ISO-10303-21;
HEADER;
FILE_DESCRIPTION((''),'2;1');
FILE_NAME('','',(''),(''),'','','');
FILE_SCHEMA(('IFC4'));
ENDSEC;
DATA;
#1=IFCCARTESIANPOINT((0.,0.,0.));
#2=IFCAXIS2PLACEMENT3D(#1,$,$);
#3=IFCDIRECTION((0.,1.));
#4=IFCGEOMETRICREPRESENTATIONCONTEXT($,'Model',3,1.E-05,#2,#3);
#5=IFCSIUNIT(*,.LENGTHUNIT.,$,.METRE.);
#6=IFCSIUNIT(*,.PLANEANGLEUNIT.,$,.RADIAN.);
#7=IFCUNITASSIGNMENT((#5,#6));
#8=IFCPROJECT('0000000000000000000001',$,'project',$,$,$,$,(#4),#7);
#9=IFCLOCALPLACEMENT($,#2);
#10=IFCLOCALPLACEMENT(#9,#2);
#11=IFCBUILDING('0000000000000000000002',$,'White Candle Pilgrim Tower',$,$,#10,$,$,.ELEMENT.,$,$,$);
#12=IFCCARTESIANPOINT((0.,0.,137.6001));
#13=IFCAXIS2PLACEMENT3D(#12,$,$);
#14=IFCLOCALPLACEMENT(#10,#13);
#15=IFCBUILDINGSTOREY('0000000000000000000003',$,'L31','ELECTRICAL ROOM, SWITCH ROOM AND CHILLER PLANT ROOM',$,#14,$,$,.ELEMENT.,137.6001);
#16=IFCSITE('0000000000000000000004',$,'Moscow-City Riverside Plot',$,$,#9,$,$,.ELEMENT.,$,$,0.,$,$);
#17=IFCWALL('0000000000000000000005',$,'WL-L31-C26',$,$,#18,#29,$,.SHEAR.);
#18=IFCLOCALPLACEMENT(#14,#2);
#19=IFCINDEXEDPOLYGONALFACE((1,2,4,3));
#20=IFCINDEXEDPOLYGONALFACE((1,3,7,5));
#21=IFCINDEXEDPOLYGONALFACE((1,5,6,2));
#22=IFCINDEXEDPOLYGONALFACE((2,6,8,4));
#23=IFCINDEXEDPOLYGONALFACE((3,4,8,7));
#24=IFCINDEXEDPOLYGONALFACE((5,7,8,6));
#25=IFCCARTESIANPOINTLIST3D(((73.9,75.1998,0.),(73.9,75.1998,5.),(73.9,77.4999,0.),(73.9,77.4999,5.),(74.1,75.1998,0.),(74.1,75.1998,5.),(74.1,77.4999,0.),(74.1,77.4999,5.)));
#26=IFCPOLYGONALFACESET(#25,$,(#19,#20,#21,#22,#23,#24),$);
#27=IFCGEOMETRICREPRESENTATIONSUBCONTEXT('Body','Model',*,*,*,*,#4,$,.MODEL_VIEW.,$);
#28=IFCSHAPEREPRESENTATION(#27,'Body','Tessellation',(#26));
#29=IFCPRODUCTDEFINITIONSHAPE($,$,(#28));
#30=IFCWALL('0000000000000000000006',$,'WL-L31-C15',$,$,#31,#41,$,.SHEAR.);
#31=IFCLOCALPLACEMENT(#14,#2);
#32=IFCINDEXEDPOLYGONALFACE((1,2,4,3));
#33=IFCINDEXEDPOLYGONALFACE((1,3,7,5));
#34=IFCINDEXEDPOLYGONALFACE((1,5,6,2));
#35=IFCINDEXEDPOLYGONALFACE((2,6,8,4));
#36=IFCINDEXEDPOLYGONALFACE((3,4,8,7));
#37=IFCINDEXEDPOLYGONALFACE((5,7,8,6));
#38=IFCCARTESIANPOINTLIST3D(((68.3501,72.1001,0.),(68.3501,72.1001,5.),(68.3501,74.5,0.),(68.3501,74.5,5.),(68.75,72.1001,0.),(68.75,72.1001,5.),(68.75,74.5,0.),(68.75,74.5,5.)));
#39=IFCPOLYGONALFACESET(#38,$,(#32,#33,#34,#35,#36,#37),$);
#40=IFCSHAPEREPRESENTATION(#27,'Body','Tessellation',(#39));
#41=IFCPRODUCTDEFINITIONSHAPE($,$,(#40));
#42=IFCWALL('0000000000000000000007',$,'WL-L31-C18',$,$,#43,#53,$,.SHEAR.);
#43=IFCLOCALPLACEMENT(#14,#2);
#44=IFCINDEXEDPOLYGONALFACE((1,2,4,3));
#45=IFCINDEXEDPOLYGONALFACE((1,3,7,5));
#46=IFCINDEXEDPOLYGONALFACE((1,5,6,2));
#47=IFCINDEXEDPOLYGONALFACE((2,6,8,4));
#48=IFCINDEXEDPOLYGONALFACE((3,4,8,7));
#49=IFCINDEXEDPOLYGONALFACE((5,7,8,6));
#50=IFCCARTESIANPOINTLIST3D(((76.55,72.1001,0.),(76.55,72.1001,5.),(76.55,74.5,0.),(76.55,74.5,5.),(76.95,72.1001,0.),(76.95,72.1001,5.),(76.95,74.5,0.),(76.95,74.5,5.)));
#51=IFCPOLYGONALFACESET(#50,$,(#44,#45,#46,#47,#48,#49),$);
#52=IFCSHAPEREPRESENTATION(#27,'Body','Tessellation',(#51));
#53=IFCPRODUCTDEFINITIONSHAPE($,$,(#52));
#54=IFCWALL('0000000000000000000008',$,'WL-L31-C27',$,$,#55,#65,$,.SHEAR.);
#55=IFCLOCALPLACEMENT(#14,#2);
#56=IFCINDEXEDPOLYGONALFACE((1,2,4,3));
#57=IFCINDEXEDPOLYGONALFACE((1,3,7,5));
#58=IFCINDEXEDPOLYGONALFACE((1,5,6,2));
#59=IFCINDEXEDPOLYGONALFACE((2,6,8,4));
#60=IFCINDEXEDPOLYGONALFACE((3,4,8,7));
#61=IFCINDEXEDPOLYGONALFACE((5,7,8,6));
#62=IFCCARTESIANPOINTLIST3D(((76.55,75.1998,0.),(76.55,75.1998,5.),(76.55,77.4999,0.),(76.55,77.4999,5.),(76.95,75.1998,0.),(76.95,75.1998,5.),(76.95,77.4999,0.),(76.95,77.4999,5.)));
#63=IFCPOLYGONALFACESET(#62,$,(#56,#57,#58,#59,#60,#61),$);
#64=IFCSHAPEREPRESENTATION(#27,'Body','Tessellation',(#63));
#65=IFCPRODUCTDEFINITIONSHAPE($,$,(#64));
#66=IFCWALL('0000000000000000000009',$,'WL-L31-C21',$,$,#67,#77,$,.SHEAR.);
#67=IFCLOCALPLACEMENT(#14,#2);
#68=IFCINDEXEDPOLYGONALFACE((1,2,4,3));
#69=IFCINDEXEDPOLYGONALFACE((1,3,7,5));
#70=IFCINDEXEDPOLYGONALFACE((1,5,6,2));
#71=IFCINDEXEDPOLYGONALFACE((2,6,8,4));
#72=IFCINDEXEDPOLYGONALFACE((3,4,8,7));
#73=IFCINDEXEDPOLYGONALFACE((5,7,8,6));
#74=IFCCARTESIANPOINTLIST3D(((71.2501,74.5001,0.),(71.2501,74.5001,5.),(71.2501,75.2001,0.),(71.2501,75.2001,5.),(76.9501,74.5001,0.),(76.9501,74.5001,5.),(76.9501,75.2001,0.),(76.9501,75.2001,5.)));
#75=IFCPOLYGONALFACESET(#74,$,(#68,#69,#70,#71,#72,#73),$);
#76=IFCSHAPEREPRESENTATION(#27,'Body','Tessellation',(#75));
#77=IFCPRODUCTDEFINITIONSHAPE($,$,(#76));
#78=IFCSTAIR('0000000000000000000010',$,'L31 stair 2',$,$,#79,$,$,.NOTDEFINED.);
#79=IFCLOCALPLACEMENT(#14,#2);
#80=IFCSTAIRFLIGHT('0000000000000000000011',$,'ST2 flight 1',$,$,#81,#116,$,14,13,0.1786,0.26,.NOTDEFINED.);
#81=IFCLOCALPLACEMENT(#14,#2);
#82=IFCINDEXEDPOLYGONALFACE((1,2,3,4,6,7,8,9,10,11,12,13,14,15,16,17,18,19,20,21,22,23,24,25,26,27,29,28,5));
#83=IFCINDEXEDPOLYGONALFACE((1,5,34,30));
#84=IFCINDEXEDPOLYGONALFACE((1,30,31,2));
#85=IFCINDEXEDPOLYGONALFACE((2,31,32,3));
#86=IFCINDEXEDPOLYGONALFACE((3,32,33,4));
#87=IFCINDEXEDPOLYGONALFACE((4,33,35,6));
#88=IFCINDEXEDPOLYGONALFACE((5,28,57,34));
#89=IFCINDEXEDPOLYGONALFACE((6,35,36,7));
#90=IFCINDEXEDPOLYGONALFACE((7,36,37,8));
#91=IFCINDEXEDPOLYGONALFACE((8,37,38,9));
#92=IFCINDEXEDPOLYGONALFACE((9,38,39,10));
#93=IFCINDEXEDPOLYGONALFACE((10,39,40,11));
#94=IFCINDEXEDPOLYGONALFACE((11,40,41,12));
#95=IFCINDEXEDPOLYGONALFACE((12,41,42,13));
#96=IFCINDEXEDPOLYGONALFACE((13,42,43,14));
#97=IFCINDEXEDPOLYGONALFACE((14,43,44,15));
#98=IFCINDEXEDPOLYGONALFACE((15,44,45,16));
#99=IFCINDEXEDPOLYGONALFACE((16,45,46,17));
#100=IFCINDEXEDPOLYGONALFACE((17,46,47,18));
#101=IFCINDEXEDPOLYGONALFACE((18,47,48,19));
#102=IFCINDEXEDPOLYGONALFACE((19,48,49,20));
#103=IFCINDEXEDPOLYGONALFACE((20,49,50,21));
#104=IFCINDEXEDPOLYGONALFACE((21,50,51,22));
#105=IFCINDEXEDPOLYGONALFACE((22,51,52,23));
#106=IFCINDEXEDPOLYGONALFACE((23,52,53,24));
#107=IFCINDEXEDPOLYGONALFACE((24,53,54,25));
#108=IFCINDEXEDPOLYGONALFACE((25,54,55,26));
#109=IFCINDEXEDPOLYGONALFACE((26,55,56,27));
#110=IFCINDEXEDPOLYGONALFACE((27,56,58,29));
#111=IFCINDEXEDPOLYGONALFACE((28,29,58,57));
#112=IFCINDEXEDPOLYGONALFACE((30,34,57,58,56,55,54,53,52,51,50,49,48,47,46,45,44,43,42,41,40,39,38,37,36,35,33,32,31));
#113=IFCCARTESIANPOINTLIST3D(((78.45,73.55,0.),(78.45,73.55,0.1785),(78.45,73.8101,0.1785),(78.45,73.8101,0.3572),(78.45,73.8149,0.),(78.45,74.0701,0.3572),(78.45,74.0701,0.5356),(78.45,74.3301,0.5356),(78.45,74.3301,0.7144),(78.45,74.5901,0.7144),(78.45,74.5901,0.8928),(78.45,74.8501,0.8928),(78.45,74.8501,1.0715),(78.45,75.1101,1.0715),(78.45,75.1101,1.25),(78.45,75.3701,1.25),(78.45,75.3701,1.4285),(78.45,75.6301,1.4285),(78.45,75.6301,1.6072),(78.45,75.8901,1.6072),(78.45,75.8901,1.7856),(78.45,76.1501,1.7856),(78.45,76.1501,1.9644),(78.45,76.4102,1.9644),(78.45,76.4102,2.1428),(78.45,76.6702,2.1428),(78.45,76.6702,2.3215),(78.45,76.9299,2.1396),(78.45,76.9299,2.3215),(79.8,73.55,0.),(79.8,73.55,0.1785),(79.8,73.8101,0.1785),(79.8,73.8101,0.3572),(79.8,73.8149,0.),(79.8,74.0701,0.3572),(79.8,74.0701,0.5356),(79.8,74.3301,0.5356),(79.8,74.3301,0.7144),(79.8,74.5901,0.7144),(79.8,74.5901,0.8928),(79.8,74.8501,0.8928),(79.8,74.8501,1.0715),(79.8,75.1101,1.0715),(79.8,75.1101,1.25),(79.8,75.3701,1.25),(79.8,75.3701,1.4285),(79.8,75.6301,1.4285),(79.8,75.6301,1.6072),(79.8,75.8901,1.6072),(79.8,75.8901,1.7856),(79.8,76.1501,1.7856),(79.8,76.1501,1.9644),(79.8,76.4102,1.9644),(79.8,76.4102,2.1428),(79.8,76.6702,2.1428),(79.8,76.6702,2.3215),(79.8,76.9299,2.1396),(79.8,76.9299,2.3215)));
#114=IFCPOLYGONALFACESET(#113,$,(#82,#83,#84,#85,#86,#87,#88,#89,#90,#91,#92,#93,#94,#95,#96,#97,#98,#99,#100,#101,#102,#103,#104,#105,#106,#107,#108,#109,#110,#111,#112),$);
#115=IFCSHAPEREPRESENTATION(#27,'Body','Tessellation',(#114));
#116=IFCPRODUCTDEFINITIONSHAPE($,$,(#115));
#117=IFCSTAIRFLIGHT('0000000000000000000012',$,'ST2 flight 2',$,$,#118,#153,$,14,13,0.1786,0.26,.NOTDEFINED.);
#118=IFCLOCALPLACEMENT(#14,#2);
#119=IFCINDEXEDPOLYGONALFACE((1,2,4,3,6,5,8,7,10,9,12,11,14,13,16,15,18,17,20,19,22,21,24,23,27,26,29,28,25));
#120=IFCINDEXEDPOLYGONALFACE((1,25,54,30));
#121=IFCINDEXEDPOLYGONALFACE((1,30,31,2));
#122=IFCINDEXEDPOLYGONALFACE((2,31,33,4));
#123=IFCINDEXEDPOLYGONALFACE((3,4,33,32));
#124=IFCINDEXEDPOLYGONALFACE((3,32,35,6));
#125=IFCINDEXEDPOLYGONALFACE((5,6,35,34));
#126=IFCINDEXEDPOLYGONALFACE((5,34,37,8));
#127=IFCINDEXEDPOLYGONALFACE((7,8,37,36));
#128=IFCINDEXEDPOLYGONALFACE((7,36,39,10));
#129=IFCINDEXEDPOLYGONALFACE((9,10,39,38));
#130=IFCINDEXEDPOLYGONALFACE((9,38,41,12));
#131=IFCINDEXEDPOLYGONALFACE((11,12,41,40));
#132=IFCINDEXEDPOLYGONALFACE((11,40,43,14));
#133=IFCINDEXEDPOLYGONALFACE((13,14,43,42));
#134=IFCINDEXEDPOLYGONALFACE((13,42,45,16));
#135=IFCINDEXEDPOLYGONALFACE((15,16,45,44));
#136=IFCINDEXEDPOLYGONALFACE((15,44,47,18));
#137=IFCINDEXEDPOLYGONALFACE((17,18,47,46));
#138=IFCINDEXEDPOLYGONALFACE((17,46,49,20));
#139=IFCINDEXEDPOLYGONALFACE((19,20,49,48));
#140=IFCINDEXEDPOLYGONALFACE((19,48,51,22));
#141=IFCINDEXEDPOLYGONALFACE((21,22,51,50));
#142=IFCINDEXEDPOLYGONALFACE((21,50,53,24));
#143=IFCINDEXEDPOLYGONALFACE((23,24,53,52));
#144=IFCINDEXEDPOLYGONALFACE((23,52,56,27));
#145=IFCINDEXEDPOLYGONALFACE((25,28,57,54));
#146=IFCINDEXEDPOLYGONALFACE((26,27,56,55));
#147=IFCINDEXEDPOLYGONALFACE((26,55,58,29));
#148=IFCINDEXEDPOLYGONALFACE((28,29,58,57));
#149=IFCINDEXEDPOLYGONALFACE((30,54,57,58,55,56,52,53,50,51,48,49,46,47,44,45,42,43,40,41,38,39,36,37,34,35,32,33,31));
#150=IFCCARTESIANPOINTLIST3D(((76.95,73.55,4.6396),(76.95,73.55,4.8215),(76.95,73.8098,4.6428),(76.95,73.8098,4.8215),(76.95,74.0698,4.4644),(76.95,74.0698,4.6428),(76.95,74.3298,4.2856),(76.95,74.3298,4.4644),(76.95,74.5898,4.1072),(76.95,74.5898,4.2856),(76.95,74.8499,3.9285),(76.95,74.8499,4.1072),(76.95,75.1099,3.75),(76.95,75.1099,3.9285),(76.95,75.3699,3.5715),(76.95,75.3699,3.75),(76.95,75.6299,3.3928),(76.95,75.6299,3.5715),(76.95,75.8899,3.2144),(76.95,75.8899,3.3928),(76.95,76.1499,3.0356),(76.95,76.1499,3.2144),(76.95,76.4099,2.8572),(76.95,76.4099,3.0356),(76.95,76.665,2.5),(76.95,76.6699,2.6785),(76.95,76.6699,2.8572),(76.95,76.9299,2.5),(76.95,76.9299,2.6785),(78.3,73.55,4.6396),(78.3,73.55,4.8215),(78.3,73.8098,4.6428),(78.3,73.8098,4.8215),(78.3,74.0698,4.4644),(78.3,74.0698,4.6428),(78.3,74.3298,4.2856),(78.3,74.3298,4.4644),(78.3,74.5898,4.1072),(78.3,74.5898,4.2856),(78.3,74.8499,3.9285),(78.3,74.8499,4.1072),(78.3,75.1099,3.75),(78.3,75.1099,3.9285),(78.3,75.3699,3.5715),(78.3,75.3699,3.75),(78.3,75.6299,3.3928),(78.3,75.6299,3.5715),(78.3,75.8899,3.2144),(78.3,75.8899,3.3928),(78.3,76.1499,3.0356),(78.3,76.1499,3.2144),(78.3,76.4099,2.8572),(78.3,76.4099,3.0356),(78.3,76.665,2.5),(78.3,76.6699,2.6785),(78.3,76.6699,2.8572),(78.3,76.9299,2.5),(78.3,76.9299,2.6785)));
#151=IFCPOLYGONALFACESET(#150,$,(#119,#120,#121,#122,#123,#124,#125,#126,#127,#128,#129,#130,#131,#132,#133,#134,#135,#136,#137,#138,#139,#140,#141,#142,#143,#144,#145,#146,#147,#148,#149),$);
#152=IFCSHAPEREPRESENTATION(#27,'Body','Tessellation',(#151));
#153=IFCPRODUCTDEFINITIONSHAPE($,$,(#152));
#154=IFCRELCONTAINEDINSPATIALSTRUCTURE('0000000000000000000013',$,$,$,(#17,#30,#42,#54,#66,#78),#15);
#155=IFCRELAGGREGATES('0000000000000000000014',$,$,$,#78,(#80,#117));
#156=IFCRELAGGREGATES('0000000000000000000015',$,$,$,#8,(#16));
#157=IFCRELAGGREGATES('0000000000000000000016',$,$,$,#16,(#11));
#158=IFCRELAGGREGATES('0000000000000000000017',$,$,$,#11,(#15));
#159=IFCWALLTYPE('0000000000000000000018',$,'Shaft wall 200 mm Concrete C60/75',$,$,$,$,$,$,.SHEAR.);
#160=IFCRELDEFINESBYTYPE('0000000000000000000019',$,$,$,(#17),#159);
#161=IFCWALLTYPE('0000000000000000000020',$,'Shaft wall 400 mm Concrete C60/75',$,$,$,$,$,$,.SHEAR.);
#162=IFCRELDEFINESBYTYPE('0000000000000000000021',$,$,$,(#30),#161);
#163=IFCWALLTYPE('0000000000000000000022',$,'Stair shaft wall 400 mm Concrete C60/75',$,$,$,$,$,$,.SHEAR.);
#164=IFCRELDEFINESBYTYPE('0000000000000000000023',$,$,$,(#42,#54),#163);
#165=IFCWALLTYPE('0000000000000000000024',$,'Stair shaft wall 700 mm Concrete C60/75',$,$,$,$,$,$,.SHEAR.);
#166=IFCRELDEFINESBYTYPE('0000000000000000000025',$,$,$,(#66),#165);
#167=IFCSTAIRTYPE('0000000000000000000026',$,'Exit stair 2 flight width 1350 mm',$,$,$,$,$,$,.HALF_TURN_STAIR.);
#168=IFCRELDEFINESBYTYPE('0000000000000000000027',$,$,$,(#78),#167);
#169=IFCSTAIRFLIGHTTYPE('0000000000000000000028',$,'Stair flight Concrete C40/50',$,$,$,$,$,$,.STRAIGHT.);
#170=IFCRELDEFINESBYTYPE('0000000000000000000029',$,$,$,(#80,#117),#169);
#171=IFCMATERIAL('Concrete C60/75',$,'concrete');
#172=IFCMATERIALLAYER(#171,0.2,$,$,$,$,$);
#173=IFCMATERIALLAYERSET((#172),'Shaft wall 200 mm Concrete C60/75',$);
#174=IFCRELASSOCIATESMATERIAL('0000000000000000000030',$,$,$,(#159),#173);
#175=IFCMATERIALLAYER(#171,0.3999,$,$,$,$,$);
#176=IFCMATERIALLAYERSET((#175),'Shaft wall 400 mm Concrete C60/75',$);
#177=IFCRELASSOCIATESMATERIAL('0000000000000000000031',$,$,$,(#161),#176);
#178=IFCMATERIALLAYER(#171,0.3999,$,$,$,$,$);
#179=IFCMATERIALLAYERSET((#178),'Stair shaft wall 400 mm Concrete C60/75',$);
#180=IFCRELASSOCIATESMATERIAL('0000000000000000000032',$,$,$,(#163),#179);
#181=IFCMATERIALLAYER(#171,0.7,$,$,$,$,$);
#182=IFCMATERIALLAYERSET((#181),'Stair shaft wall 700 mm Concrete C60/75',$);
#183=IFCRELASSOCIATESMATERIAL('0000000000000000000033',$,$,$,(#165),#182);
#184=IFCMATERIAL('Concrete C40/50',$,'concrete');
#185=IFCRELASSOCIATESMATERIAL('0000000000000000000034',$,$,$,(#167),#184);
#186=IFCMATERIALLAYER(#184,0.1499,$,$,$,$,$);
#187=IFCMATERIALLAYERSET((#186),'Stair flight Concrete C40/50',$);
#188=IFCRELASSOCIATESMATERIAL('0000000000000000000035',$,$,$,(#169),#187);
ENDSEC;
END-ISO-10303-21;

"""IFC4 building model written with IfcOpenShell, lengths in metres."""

from ifc_helpers import new_model, si_unit, direction, frame, frame_2d, origin, place, context, subcontext, project, spatial, polyline, rectangle, outline, extrude, material, layer, layer_set, type_object, element, aggregate, save


model = new_model("IFC4")

# Units and contexts
model_context = context("Model", 3, precision=1e-05, world=origin(), true_north=direction((0.0, 1.0)))
body_context = subcontext(model_context, "Body", "Model", "MODEL_VIEW")
ifc_project = project(units=[si_unit("LENGTHUNIT", "METRE"), si_unit("PLANEANGLEUNIT", "RADIAN")], contexts=[model_context])

# Site, building, storey
site_placement = place(None, origin())
site = spatial("IfcSite", under=ifc_project, at=site_placement, Name="Moscow-City Riverside Plot", CompositionType="ELEMENT", RefElevation=0.0)
building_placement = place(site_placement, origin())
building = spatial("IfcBuilding", under=site, at=building_placement, Name="White Candle Pilgrim Tower", CompositionType="ELEMENT")
storey_placement = place(building_placement, frame((0.0, 0.0, 137.6001)))
storey = spatial("IfcBuildingStorey", under=building, at=storey_placement, Name="L31", Description="ELECTRICAL ROOM, SWITCH ROOM AND CHILLER PLANT ROOM", CompositionType="ELEMENT", Elevation=137.6001)

# Walls
ifc_material_1 = material(Name="Concrete C60/75", Category="concrete")
ifc_layer_1 = layer(ifc_material_1, 0.2)
ifc_layer_set_1 = layer_set([ifc_layer_1], Name="Shaft wall 200 mm Concrete C60/75")
wall_type_1 = type_object("IfcWallType", Name="Shaft wall 200 mm Concrete C60/75", PredefinedType="SHEAR", material=ifc_layer_set_1)
for number, where, z_axis, x_axis, name in (
    (1, (74.0, 75.2, 0.0), (0.0, 0.0, 1.0), (0.0, 1.0, 0.0), "WL-L31-C26"),
):
    element("IfcWall", number, at=place(storey_placement, frame(where, z_axis=z_axis, x_axis=x_axis)), inside=storey, type_object=wall_type_1, Name=name, PredefinedType="SHEAR", context=body_context, shape_type="SweptSolid", body=[
        extrude(rectangle(XDim=2.3, YDim=0.2, at=frame_2d((1.1499, 0.0))), origin(), (0.0, 0.0, 1.0), 5.0),
    ])
ifc_layer_2 = layer(ifc_material_1, 0.3999)
ifc_layer_set_2 = layer_set([ifc_layer_2], Name="Shaft wall 400 mm Concrete C60/75")
wall_type_2 = type_object("IfcWallType", Name="Shaft wall 400 mm Concrete C60/75", PredefinedType="SHEAR", material=ifc_layer_set_2)
wall_1_placement = place(storey_placement, frame((68.55, 72.1001, 0.0), z_axis=(0.0, 0.0, 1.0), x_axis=(0.0, 1.0, 0.0)))
element("IfcWall", 2, at=wall_1_placement, inside=storey, type_object=wall_type_2, Name="WL-L31-C15", PredefinedType="SHEAR", context=body_context, shape_type="SweptSolid", body=[
    extrude(rectangle(XDim=2.3999, YDim=0.3999, at=frame_2d((1.2, 0.0))), origin(), (0.0, 0.0, 1.0), 5.0),
])
ifc_layer_3 = layer(ifc_material_1, 0.3999)
ifc_layer_set_3 = layer_set([ifc_layer_3], Name="Stair shaft wall 400 mm Concrete C60/75")
wall_type_3 = type_object("IfcWallType", Name="Stair shaft wall 400 mm Concrete C60/75", PredefinedType="SHEAR", material=ifc_layer_set_3)
wall_2_placement = place(storey_placement, frame((76.75, 72.1001, 0.0), z_axis=(0.0, 0.0, 1.0), x_axis=(0.0, 1.0, 0.0)))
element("IfcWall", 3, at=wall_2_placement, inside=storey, type_object=wall_type_3, Name="WL-L31-C18", PredefinedType="SHEAR", context=body_context, shape_type="SweptSolid", body=[
    extrude(rectangle(XDim=2.3999, YDim=0.3999, at=frame_2d((1.2, 0.0))), origin(), (0.0, 0.0, 1.0), 5.0),
])
wall_3_placement = place(storey_placement, frame((76.75, 75.2, 0.0), z_axis=(0.0, 0.0, 1.0), x_axis=(0.0, 1.0, 0.0)))
element("IfcWall", 4, at=wall_3_placement, inside=storey, type_object=wall_type_3, Name="WL-L31-C27", PredefinedType="SHEAR", context=body_context, shape_type="SweptSolid", body=[
    extrude(rectangle(XDim=2.3, YDim=0.3999, at=frame_2d((1.1499, 0.0))), origin(), (0.0, 0.0, 1.0), 5.0),
])
ifc_layer_4 = layer(ifc_material_1, 0.7)
ifc_layer_set_4 = layer_set([ifc_layer_4], Name="Stair shaft wall 700 mm Concrete C60/75")
wall_type_4 = type_object("IfcWallType", Name="Stair shaft wall 700 mm Concrete C60/75", PredefinedType="SHEAR", material=ifc_layer_set_4)
wall_4_placement = place(storey_placement, frame((71.25, 74.8501, 0.0), z_axis=(0.0, 0.0, 1.0), x_axis=(1.0, 0.0, 0.0)))
element("IfcWall", 5, at=wall_4_placement, inside=storey, type_object=wall_type_4, Name="WL-L31-C21", PredefinedType="SHEAR", context=body_context, shape_type="SweptSolid", body=[
    extrude(rectangle(XDim=5.7, YDim=0.7, at=frame_2d((2.8501, 0.0))), origin(), (0.0, 0.0, 1.0), 5.0),
])

# Stair, stair flights
ifc_material_2 = material(Name="Concrete C40/50", Category="concrete")
stair_type = type_object("IfcStairType", Name="Exit stair 2 flight width 1350 mm", PredefinedType="HALF_TURN_STAIR", material=ifc_material_2)
stair_placement = place(storey_placement, origin())
stair = element("IfcStair", 6, at=stair_placement, inside=storey, type_object=stair_type, Name="L31 stair 2", PredefinedType="NOTDEFINED")
ifc_layer_5 = layer(ifc_material_2, 0.1499)
ifc_layer_set_5 = layer_set([ifc_layer_5], Name="Stair flight Concrete C40/50")
stair_flight_type = type_object("IfcStairFlightType", Name="Stair flight Concrete C40/50", PredefinedType="STRAIGHT", material=ifc_layer_set_5)
stair_flight_1_placement = place(storey_placement, frame((79.125, 73.55, 0.0), z_axis=(0.0, 0.0, 1.0), x_axis=(0.0, 1.0, 0.0)))
stair_flight_1 = element("IfcStairFlight", 7, at=stair_flight_1_placement, type_object=stair_flight_type, Name="ST2 flight 1", NumberOfRisers=14, NumberOfTreads=13, PredefinedType="NOTDEFINED", RiserHeight=0.1786, TreadLength=0.26, context=body_context, shape_type="SweptSolid", body=[
    extrude(outline(polyline([(0.0, 0.0), (0.0, 0.1785), (0.26, 0.1785), (0.26, 0.3572), (0.52, 0.3572), (0.52, 0.5356), (0.78, 0.5356), (0.78, 0.7144), (1.04, 0.7144), (1.04, 0.8928), (1.3, 0.8928), (1.3, 1.0715), (1.5601, 1.0715), (1.5601, 1.25), (1.8201, 1.25), (1.8201, 1.4285), (2.0801, 1.4285), (2.0801, 1.6072), (2.3401, 1.6072), (2.3401, 1.7856), (2.6001, 1.7856), (2.6001, 1.9644), (2.8601, 1.9644), (2.8601, 2.1428), (3.1201, 2.1428), (3.1201, 2.3215), (3.3799, 2.3215), (3.3799, 2.5), (3.3799, 2.1396), (0.2649, 0.0), (0.0, 0.0)])), frame((0.0, 0.675, 0.0), z_axis=(0.0, -1.0, 0.0), x_axis=(1.0, 0.0, 0.0)), (0.0, 0.0, 1.0), 1.3501),
])
stair_flight_2_placement = place(storey_placement, frame((77.625, 76.9299, 2.5), z_axis=(0.0, 0.0, 1.0), x_axis=(0.0, -1.0, 0.0)))
stair_flight_2 = element("IfcStairFlight", 8, at=stair_flight_2_placement, type_object=stair_flight_type, Name="ST2 flight 2", NumberOfRisers=14, NumberOfTreads=13, PredefinedType="NOTDEFINED", RiserHeight=0.1786, TreadLength=0.26, context=body_context, shape_type="SweptSolid", body=[
    extrude(outline(polyline([(0.0, 0.0), (0.0, 0.1785), (0.26, 0.1785), (0.26, 0.3572), (0.52, 0.3572), (0.52, 0.5356), (0.78, 0.5356), (0.78, 0.7144), (1.04, 0.7144), (1.04, 0.8928), (1.3, 0.8928), (1.3, 1.0715), (1.5601, 1.0715), (1.5601, 1.25), (1.8201, 1.25), (1.8201, 1.4285), (2.0801, 1.4285), (2.0801, 1.6072), (2.3401, 1.6072), (2.3401, 1.7856), (2.6001, 1.7856), (2.6001, 1.9644), (2.8601, 1.9644), (2.8601, 2.1428), (3.1201, 2.1428), (3.1201, 2.3215), (3.3799, 2.3215), (3.3799, 2.5), (3.3799, 2.1396), (0.2649, 0.0), (0.0, 0.0)])), frame((0.0, 0.675, 0.0), z_axis=(0.0, -1.0, 0.0), x_axis=(1.0, 0.0, 0.0)), (0.0, 0.0, 1.0), 1.3501),
])
aggregate(stair, [stair_flight_1, stair_flight_2])

save(model, "model.ifc")
